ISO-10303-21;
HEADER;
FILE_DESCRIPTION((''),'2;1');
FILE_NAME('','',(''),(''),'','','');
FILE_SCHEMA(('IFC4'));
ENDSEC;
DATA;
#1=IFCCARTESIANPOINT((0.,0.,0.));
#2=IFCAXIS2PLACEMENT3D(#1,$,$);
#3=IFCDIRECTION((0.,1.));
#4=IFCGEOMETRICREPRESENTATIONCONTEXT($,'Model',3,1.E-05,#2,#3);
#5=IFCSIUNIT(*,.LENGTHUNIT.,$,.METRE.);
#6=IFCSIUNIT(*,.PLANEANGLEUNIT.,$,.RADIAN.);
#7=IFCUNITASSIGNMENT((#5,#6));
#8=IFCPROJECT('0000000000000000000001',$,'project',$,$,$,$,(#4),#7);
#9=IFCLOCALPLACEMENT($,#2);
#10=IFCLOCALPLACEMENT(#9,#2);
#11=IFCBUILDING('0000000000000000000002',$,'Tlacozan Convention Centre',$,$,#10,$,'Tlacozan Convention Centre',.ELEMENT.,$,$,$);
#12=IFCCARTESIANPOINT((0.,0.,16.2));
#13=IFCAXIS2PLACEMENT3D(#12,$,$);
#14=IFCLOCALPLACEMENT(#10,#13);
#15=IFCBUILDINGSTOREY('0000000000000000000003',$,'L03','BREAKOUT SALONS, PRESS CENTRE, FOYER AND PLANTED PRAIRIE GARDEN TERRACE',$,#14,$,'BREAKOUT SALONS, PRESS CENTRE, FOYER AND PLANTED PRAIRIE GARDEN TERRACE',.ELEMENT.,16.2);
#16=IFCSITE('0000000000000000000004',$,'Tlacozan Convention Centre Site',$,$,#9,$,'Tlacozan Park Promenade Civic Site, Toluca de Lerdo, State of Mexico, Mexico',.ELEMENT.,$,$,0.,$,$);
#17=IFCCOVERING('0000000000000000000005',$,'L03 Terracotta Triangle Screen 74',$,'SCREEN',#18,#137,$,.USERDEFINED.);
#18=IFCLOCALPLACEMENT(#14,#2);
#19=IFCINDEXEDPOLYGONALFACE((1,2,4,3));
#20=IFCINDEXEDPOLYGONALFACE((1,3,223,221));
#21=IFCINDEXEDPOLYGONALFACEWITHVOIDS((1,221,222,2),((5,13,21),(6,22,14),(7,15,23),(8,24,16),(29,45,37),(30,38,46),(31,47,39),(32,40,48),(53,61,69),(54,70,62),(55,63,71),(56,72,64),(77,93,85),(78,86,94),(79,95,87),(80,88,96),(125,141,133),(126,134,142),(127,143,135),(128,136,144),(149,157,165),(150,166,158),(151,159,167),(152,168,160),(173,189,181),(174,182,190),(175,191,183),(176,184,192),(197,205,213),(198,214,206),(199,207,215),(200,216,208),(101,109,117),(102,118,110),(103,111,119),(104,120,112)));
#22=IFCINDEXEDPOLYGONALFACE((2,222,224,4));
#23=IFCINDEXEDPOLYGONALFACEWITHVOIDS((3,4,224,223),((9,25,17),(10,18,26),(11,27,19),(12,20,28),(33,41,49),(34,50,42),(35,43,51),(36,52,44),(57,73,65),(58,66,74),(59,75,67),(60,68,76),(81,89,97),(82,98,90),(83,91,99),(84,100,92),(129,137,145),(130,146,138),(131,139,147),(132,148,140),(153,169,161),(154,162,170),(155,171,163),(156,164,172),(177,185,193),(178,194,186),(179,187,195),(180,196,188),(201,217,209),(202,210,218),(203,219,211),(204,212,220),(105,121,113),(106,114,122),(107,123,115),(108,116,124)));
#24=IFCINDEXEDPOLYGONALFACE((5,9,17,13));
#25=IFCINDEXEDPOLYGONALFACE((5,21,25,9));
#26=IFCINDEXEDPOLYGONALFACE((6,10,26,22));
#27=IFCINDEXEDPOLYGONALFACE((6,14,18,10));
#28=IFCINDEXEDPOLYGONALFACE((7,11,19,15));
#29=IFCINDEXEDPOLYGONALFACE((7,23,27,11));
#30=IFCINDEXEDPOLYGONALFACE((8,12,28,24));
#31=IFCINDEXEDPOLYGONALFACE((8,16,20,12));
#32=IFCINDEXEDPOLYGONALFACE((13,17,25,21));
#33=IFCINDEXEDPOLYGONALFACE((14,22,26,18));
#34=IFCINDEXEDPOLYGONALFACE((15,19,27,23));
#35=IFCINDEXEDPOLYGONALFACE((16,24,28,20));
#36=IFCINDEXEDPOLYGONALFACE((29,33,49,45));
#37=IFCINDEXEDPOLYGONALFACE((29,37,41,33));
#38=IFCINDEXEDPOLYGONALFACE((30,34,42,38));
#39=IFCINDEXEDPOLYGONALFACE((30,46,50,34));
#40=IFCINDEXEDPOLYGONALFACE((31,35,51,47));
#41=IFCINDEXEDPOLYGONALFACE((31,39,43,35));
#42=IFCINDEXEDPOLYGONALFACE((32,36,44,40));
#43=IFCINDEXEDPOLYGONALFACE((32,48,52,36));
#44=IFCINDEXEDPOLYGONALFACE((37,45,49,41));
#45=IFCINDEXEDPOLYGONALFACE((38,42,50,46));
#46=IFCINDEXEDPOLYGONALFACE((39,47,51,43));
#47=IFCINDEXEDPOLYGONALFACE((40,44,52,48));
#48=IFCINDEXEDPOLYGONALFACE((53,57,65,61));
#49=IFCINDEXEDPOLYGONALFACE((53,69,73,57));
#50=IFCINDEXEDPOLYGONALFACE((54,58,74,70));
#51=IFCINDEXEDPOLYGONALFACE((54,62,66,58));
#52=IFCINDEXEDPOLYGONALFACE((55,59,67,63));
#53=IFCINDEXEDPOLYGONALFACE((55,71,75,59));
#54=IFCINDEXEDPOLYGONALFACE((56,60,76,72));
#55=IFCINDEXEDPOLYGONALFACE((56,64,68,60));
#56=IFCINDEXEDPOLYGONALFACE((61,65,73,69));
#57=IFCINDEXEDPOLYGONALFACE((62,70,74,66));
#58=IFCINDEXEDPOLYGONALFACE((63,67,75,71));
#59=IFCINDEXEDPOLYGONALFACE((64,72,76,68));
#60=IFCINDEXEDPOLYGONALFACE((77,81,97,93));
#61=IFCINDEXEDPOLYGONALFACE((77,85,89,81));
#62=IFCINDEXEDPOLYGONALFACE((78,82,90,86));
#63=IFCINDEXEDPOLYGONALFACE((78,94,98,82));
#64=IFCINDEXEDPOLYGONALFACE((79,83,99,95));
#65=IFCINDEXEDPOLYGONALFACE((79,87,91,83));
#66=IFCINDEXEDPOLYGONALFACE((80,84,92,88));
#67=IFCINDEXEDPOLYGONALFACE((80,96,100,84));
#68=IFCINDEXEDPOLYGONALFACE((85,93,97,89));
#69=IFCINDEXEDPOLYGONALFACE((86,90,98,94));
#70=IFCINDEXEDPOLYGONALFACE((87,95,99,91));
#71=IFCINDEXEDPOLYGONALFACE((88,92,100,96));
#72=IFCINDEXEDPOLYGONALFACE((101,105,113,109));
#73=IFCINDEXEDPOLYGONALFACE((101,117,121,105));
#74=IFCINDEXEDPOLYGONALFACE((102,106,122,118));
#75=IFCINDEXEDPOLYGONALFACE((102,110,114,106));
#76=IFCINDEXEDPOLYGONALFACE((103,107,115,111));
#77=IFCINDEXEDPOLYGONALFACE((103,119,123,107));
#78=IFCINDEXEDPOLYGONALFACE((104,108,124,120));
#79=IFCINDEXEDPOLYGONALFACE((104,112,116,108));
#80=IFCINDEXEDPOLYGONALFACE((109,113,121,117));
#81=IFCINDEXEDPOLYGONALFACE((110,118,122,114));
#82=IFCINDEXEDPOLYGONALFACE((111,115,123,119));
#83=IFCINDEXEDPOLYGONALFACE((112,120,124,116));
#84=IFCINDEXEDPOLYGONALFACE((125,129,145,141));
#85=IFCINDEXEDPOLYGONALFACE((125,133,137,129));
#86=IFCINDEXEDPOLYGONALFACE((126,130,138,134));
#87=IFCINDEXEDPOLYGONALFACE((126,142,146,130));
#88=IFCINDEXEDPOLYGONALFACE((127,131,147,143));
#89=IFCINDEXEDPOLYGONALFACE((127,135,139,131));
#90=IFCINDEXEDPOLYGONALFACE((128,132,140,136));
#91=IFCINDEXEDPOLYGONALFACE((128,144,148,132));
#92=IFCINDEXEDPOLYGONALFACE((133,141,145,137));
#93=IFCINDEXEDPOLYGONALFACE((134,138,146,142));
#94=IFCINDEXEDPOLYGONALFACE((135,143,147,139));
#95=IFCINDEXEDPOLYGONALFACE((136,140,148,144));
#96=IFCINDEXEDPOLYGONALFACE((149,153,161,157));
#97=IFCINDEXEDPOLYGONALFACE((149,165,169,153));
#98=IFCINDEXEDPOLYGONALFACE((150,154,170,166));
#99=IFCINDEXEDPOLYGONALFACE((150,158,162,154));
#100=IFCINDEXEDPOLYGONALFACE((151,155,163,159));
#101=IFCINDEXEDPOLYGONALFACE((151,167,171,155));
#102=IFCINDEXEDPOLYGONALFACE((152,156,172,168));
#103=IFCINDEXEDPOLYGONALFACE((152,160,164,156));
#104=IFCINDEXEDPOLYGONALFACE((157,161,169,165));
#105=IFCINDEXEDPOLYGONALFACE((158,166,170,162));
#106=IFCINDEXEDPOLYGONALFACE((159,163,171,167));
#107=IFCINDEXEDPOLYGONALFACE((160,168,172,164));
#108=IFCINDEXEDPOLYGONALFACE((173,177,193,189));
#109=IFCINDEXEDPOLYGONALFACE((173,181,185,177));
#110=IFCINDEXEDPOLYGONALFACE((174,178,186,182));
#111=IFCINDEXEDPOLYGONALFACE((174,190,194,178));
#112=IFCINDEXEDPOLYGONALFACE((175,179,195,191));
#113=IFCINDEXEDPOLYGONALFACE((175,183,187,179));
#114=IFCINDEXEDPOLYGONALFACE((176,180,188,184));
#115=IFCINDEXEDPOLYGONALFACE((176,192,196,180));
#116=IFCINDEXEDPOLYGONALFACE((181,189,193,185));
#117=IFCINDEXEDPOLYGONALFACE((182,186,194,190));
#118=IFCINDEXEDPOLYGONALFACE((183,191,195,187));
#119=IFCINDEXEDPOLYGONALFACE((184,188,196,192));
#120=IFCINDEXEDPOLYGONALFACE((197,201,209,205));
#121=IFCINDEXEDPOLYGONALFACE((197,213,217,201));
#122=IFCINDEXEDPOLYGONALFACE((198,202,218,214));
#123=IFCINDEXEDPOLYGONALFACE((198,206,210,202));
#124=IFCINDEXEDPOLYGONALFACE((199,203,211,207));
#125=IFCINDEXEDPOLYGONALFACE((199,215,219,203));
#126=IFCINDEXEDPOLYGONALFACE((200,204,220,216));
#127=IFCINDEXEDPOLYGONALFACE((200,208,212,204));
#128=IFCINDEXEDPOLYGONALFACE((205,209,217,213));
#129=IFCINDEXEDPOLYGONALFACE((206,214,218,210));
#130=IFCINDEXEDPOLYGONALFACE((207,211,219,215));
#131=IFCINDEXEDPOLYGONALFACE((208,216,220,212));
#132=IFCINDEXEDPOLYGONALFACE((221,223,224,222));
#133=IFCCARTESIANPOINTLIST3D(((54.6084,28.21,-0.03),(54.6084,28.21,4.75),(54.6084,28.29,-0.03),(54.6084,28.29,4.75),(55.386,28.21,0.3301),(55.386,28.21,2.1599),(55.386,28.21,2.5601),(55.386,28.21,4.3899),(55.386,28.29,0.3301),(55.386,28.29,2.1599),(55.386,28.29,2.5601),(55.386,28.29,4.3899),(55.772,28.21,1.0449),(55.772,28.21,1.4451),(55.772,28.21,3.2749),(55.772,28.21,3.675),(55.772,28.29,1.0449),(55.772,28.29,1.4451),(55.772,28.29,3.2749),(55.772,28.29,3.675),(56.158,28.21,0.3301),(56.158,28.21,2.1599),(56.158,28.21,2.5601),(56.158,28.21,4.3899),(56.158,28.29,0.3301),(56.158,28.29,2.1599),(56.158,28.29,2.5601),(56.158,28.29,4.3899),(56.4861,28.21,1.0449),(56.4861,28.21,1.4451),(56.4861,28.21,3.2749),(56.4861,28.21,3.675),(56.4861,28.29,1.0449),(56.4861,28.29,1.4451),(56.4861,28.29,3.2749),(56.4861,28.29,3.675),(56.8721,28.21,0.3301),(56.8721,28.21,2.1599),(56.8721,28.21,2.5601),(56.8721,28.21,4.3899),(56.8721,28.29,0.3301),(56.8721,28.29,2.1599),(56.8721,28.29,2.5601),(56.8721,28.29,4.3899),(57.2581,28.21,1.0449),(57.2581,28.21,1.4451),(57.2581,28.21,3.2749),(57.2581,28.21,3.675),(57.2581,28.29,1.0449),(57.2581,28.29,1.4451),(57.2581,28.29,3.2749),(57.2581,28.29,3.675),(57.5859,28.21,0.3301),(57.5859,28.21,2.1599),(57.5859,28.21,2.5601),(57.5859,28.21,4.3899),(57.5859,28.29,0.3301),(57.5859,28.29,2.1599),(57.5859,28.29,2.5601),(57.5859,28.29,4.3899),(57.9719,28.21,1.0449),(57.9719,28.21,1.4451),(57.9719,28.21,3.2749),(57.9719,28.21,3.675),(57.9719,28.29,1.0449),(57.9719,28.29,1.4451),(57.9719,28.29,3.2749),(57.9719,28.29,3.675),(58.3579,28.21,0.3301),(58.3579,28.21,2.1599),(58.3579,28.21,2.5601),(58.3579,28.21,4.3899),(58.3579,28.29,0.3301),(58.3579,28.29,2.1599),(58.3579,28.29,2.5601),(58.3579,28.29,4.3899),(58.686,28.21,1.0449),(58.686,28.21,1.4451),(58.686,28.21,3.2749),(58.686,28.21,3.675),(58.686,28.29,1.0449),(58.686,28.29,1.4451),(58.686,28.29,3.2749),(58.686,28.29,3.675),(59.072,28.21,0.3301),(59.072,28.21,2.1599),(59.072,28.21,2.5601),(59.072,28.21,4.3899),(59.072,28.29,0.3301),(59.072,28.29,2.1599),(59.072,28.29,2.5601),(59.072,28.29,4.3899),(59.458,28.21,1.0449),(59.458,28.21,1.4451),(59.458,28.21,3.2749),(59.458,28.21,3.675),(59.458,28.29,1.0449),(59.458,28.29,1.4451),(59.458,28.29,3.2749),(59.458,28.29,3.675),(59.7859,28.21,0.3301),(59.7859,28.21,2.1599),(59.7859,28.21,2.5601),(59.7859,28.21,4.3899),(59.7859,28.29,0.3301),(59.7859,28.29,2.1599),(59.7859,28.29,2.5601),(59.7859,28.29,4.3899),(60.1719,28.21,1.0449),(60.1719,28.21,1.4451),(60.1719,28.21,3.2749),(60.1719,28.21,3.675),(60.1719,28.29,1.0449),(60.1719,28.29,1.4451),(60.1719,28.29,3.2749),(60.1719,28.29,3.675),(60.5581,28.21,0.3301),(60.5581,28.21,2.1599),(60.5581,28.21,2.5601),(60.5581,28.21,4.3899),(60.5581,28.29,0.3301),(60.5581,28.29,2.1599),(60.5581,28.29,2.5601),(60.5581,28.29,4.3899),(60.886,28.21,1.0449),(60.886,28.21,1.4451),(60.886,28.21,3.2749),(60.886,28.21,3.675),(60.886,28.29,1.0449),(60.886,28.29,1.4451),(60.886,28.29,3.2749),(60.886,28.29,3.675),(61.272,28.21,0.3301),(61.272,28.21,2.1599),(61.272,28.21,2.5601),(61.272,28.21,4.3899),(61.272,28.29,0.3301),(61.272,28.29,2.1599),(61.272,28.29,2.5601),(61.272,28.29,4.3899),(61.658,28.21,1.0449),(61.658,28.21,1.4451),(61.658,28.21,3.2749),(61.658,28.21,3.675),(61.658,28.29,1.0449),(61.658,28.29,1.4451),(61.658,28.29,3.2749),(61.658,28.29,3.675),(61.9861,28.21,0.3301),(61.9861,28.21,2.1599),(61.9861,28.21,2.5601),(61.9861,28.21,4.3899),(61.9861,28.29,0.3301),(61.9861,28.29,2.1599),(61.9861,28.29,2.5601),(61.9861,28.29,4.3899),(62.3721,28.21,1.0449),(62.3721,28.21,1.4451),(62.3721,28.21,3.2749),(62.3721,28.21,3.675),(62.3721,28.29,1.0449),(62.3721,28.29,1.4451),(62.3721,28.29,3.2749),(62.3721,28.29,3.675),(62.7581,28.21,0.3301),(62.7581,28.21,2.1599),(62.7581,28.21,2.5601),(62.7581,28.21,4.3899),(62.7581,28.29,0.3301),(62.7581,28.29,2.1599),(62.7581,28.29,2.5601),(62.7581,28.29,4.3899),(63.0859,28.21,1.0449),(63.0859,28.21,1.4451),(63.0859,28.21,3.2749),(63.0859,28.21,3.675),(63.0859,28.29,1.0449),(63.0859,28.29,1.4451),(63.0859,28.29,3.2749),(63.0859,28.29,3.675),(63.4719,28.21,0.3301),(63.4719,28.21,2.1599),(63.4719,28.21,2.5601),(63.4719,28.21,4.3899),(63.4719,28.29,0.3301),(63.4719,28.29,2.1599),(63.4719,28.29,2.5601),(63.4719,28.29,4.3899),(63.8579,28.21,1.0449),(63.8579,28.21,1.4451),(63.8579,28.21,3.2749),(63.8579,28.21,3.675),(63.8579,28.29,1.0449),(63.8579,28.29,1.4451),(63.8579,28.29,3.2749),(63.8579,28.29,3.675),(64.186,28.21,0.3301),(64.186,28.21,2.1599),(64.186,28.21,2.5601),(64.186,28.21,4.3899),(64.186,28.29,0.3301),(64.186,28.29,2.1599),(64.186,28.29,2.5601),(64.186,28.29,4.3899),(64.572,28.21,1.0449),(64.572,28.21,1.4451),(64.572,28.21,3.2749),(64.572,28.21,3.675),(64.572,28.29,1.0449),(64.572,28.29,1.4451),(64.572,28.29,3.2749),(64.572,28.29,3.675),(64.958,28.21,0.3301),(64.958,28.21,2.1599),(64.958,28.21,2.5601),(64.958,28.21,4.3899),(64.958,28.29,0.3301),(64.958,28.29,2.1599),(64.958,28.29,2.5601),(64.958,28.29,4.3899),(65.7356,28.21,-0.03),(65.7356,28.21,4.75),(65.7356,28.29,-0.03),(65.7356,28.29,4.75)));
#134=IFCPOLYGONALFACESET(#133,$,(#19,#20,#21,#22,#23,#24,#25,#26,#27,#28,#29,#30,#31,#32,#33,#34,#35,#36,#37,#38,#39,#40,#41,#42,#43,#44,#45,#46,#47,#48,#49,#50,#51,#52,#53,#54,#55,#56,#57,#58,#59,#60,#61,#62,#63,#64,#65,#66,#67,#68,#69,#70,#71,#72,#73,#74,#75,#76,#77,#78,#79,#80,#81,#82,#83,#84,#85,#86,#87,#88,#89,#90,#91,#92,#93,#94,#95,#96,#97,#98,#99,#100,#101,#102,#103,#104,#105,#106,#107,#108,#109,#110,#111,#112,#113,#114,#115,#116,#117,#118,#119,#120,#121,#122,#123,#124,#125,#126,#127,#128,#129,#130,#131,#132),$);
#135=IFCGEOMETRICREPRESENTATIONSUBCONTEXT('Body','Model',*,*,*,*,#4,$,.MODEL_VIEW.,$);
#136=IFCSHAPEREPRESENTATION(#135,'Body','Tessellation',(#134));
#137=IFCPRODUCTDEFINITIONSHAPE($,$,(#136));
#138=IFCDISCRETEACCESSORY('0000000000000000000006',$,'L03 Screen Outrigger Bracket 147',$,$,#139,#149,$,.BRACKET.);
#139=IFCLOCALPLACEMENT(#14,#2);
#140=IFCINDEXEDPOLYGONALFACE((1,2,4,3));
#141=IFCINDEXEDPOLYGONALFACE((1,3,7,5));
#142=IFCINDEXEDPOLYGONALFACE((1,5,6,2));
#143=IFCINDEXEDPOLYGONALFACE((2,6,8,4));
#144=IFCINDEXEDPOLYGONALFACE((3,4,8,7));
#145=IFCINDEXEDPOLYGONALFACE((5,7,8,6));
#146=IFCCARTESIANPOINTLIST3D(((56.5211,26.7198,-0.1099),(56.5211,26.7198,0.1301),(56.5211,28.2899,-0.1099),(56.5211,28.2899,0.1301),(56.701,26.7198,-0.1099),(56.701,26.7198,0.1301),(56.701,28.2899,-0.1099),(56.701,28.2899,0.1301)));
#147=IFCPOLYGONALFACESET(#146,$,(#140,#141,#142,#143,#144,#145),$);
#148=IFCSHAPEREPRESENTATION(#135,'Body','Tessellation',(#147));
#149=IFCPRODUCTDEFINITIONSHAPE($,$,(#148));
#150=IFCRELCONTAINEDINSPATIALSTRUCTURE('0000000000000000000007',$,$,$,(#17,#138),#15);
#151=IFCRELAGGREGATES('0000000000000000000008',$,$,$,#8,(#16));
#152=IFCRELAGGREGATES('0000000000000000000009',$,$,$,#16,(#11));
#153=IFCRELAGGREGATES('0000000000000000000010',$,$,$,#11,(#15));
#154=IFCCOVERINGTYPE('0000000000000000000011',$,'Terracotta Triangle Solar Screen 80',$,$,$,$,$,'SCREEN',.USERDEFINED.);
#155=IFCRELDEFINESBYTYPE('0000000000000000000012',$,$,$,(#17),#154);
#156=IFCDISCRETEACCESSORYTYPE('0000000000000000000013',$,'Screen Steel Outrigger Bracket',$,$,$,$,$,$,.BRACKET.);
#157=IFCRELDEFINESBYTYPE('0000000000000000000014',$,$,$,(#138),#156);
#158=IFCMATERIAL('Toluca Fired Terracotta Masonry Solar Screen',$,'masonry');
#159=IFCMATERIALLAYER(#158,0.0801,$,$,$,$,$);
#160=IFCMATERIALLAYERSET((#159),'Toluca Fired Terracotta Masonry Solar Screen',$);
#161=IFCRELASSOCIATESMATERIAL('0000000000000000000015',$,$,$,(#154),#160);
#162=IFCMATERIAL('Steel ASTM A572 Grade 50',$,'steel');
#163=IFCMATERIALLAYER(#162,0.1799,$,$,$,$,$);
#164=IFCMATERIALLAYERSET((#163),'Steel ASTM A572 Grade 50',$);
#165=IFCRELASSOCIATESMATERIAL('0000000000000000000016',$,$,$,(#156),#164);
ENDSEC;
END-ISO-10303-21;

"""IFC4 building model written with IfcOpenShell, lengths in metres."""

from ifc_helpers import new_model, si_unit, direction, frame, origin, origin_2d, place, context, subcontext, project, spatial, polyline, rectangle, outline, extrude, material, layer, layer_set, type_object, element, save


model = new_model("IFC4")

# Units and contexts
model_context = context("Model", 3, precision=1e-05, world=origin(), true_north=direction((0.0, 1.0)))
body_context = subcontext(model_context, "Body", "Model", "MODEL_VIEW")
ifc_project = project(units=[si_unit("LENGTHUNIT", "METRE"), si_unit("PLANEANGLEUNIT", "RADIAN")], contexts=[model_context])

# Site, building, storey
site_placement = place(None, origin())
site = spatial("IfcSite", under=ifc_project, at=site_placement, Name="Tlacozan Convention Centre Site", LongName="Tlacozan Park Promenade Civic Site, Toluca de Lerdo, State of Mexico, Mexico", CompositionType="ELEMENT", RefElevation=0.0)
building_placement = place(site_placement, origin())
building = spatial("IfcBuilding", under=site, at=building_placement, Name="Tlacozan Convention Centre", LongName="Tlacozan Convention Centre", CompositionType="ELEMENT")
storey_placement = place(building_placement, frame((0.0, 0.0, 16.2)))
storey = spatial("IfcBuildingStorey", under=building, at=storey_placement, Name="L03", Description="BREAKOUT SALONS, PRESS CENTRE, FOYER AND PLANTED PRAIRIE GARDEN TERRACE", LongName="BREAKOUT SALONS, PRESS CENTRE, FOYER AND PLANTED PRAIRIE GARDEN TERRACE", CompositionType="ELEMENT", Elevation=16.2)

# Covering
ifc_material_1 = material(Name="Toluca Fired Terracotta Masonry Solar Screen", Category="masonry")
ifc_layer_1 = layer(ifc_material_1, 0.0801)
ifc_layer_set_1 = layer_set([ifc_layer_1], Name="Toluca Fired Terracotta Masonry Solar Screen")
covering_type = type_object("IfcCoveringType", Name="Terracotta Triangle Solar Screen 80", ElementType="SCREEN", PredefinedType="USERDEFINED", material=ifc_layer_set_1)
covering_placement = place(storey_placement, frame((54.6084, 28.25, -0.03), z_axis=(0.0, 0.0, 1.0), x_axis=(1.0, 0.0, 0.0)))
element("IfcCovering", 1, at=covering_placement, inside=storey, type_object=covering_type, Name="L03 Terracotta Triangle Screen 74", ObjectType="SCREEN", PredefinedType="USERDEFINED", context=body_context, shape_type="SweptSolid", body=[
    extrude(outline(polyline([(0.0, 0.0), (11.1272, 0.0), (11.1272, 4.78), (0.0, 4.78), (0.0, 0.0)]), holes=[polyline([(0.7776, 0.3601), (1.5496, 0.3601), (1.1636, 1.075), (0.7776, 0.3601)]), polyline([(1.8777, 1.075), (2.6497, 1.075), (2.2637, 0.3601), (1.8777, 1.075)]), polyline([(2.9775, 0.3601), (3.7495, 0.3601), (3.3635, 1.075), (2.9775, 0.3601)]), polyline([(4.0776, 1.075), (4.8496, 1.075), (4.4636, 0.3601), (4.0776, 1.075)]), polyline([(5.1775, 0.3601), (5.9497, 0.3601), (5.5635, 1.075), (5.1775, 0.3601)]), polyline([(6.2776, 1.075), (7.0496, 1.075), (6.6636, 0.3601), (6.2776, 1.075)]), polyline([(7.3777, 0.3601), (8.1497, 0.3601), (7.7637, 1.075), (7.3777, 0.3601)]), polyline([(8.4775, 1.075), (9.2495, 1.075), (8.8635, 0.3601), (8.4775, 1.075)]), polyline([(9.5776, 0.3601), (10.3496, 0.3601), (9.9636, 1.075), (9.5776, 0.3601)]), polyline([(0.7776, 2.1899), (1.5496, 2.1899), (1.1636, 1.4751), (0.7776, 2.1899)]), polyline([(1.8777, 1.4751), (2.6497, 1.4751), (2.2637, 2.1899), (1.8777, 1.4751)]), polyline([(2.9775, 2.1899), (3.7495, 2.1899), (3.3635, 1.4751), (2.9775, 2.1899)]), polyline([(4.0776, 1.4751), (4.8496, 1.4751), (4.4636, 2.1899), (4.0776, 1.4751)]), polyline([(5.1775, 2.1899), (5.9497, 2.1899), (5.5635, 1.4751), (5.1775, 2.1899)]), polyline([(6.2776, 1.4751), (7.0496, 1.4751), (6.6636, 2.1899), (6.2776, 1.4751)]), polyline([(7.3777, 2.1899), (8.1497, 2.1899), (7.7637, 1.4751), (7.3777, 2.1899)]), polyline([(8.4775, 1.4751), (9.2495, 1.4751), (8.8635, 2.1899), (8.4775, 1.4751)]), polyline([(9.5776, 2.1899), (10.3496, 2.1899), (9.9636, 1.4751), (9.5776, 2.1899)]), polyline([(0.7776, 2.5901), (1.5496, 2.5901), (1.1636, 3.3049), (0.7776, 2.5901)]), polyline([(1.8777, 3.3049), (2.6497, 3.3049), (2.2637, 2.5901), (1.8777, 3.3049)]), polyline([(2.9775, 2.5901), (3.7495, 2.5901), (3.3635, 3.3049), (2.9775, 2.5901)]), polyline([(4.0776, 3.3049), (4.8496, 3.3049), (4.4636, 2.5901), (4.0776, 3.3049)]), polyline([(5.1775, 2.5901), (5.9497, 2.5901), (5.5635, 3.3049), (5.1775, 2.5901)]), polyline([(6.2776, 3.3049), (7.0496, 3.3049), (6.6636, 2.5901), (6.2776, 3.3049)]), polyline([(7.3777, 2.5901), (8.1497, 2.5901), (7.7637, 3.3049), (7.3777, 2.5901)]), polyline([(8.4775, 3.3049), (9.2495, 3.3049), (8.8635, 2.5901), (8.4775, 3.3049)]), polyline([(9.5776, 2.5901), (10.3496, 2.5901), (9.9636, 3.3049), (9.5776, 2.5901)]), polyline([(0.7776, 4.4199), (1.5496, 4.4199), (1.1636, 3.7051), (0.7776, 4.4199)]), polyline([(1.8777, 3.7051), (2.6497, 3.7051), (2.2637, 4.4199), (1.8777, 3.7051)]), polyline([(2.9775, 4.4199), (3.7495, 4.4199), (3.3635, 3.7051), (2.9775, 4.4199)]), polyline([(4.0776, 3.7051), (4.8496, 3.7051), (4.4636, 4.4199), (4.0776, 3.7051)]), polyline([(5.1775, 4.4199), (5.9497, 4.4199), (5.5635, 3.7051), (5.1775, 4.4199)]), polyline([(6.2776, 3.7051), (7.0496, 3.7051), (6.6636, 4.4199), (6.2776, 3.7051)]), polyline([(7.3777, 4.4199), (8.1497, 4.4199), (7.7637, 3.7051), (7.3777, 4.4199)]), polyline([(8.4775, 3.7051), (9.2495, 3.7051), (8.8635, 4.4199), (8.4775, 3.7051)]), polyline([(9.5776, 4.4199), (10.3496, 4.4199), (9.9636, 3.7051), (9.5776, 4.4199)])]), frame((0.0, 0.04, 0.0), z_axis=(0.0, -1.0, 0.0), x_axis=(1.0, 0.0, 0.0)), (0.0, 0.0, 1.0), 0.0801),
])

# Discrete accessory
ifc_material_2 = material(Name="Steel ASTM A572 Grade 50", Category="steel")
ifc_layer_2 = layer(ifc_material_2, 0.1799)
ifc_layer_set_2 = layer_set([ifc_layer_2], Name="Steel ASTM A572 Grade 50")
discrete_accessory_type = type_object("IfcDiscreteAccessoryType", Name="Screen Steel Outrigger Bracket", PredefinedType="BRACKET", material=ifc_layer_set_2)
discrete_accessory_placement = place(storey_placement, frame((56.6111, 27.5049, -0.1099), z_axis=(0.0, 0.0, 1.0), x_axis=(0.0, -1.0, 0.0)))
element("IfcDiscreteAccessory", 2, at=discrete_accessory_placement, inside=storey, type_object=discrete_accessory_type, Name="L03 Screen Outrigger Bracket 147", PredefinedType="BRACKET", context=body_context, shape_type="SweptSolid", body=[
    extrude(rectangle(XDim=1.5701, YDim=0.1799, at=origin_2d()), origin(), (0.0, 0.0, 1.0), 0.24),
])

save(model, "model.ifc")
